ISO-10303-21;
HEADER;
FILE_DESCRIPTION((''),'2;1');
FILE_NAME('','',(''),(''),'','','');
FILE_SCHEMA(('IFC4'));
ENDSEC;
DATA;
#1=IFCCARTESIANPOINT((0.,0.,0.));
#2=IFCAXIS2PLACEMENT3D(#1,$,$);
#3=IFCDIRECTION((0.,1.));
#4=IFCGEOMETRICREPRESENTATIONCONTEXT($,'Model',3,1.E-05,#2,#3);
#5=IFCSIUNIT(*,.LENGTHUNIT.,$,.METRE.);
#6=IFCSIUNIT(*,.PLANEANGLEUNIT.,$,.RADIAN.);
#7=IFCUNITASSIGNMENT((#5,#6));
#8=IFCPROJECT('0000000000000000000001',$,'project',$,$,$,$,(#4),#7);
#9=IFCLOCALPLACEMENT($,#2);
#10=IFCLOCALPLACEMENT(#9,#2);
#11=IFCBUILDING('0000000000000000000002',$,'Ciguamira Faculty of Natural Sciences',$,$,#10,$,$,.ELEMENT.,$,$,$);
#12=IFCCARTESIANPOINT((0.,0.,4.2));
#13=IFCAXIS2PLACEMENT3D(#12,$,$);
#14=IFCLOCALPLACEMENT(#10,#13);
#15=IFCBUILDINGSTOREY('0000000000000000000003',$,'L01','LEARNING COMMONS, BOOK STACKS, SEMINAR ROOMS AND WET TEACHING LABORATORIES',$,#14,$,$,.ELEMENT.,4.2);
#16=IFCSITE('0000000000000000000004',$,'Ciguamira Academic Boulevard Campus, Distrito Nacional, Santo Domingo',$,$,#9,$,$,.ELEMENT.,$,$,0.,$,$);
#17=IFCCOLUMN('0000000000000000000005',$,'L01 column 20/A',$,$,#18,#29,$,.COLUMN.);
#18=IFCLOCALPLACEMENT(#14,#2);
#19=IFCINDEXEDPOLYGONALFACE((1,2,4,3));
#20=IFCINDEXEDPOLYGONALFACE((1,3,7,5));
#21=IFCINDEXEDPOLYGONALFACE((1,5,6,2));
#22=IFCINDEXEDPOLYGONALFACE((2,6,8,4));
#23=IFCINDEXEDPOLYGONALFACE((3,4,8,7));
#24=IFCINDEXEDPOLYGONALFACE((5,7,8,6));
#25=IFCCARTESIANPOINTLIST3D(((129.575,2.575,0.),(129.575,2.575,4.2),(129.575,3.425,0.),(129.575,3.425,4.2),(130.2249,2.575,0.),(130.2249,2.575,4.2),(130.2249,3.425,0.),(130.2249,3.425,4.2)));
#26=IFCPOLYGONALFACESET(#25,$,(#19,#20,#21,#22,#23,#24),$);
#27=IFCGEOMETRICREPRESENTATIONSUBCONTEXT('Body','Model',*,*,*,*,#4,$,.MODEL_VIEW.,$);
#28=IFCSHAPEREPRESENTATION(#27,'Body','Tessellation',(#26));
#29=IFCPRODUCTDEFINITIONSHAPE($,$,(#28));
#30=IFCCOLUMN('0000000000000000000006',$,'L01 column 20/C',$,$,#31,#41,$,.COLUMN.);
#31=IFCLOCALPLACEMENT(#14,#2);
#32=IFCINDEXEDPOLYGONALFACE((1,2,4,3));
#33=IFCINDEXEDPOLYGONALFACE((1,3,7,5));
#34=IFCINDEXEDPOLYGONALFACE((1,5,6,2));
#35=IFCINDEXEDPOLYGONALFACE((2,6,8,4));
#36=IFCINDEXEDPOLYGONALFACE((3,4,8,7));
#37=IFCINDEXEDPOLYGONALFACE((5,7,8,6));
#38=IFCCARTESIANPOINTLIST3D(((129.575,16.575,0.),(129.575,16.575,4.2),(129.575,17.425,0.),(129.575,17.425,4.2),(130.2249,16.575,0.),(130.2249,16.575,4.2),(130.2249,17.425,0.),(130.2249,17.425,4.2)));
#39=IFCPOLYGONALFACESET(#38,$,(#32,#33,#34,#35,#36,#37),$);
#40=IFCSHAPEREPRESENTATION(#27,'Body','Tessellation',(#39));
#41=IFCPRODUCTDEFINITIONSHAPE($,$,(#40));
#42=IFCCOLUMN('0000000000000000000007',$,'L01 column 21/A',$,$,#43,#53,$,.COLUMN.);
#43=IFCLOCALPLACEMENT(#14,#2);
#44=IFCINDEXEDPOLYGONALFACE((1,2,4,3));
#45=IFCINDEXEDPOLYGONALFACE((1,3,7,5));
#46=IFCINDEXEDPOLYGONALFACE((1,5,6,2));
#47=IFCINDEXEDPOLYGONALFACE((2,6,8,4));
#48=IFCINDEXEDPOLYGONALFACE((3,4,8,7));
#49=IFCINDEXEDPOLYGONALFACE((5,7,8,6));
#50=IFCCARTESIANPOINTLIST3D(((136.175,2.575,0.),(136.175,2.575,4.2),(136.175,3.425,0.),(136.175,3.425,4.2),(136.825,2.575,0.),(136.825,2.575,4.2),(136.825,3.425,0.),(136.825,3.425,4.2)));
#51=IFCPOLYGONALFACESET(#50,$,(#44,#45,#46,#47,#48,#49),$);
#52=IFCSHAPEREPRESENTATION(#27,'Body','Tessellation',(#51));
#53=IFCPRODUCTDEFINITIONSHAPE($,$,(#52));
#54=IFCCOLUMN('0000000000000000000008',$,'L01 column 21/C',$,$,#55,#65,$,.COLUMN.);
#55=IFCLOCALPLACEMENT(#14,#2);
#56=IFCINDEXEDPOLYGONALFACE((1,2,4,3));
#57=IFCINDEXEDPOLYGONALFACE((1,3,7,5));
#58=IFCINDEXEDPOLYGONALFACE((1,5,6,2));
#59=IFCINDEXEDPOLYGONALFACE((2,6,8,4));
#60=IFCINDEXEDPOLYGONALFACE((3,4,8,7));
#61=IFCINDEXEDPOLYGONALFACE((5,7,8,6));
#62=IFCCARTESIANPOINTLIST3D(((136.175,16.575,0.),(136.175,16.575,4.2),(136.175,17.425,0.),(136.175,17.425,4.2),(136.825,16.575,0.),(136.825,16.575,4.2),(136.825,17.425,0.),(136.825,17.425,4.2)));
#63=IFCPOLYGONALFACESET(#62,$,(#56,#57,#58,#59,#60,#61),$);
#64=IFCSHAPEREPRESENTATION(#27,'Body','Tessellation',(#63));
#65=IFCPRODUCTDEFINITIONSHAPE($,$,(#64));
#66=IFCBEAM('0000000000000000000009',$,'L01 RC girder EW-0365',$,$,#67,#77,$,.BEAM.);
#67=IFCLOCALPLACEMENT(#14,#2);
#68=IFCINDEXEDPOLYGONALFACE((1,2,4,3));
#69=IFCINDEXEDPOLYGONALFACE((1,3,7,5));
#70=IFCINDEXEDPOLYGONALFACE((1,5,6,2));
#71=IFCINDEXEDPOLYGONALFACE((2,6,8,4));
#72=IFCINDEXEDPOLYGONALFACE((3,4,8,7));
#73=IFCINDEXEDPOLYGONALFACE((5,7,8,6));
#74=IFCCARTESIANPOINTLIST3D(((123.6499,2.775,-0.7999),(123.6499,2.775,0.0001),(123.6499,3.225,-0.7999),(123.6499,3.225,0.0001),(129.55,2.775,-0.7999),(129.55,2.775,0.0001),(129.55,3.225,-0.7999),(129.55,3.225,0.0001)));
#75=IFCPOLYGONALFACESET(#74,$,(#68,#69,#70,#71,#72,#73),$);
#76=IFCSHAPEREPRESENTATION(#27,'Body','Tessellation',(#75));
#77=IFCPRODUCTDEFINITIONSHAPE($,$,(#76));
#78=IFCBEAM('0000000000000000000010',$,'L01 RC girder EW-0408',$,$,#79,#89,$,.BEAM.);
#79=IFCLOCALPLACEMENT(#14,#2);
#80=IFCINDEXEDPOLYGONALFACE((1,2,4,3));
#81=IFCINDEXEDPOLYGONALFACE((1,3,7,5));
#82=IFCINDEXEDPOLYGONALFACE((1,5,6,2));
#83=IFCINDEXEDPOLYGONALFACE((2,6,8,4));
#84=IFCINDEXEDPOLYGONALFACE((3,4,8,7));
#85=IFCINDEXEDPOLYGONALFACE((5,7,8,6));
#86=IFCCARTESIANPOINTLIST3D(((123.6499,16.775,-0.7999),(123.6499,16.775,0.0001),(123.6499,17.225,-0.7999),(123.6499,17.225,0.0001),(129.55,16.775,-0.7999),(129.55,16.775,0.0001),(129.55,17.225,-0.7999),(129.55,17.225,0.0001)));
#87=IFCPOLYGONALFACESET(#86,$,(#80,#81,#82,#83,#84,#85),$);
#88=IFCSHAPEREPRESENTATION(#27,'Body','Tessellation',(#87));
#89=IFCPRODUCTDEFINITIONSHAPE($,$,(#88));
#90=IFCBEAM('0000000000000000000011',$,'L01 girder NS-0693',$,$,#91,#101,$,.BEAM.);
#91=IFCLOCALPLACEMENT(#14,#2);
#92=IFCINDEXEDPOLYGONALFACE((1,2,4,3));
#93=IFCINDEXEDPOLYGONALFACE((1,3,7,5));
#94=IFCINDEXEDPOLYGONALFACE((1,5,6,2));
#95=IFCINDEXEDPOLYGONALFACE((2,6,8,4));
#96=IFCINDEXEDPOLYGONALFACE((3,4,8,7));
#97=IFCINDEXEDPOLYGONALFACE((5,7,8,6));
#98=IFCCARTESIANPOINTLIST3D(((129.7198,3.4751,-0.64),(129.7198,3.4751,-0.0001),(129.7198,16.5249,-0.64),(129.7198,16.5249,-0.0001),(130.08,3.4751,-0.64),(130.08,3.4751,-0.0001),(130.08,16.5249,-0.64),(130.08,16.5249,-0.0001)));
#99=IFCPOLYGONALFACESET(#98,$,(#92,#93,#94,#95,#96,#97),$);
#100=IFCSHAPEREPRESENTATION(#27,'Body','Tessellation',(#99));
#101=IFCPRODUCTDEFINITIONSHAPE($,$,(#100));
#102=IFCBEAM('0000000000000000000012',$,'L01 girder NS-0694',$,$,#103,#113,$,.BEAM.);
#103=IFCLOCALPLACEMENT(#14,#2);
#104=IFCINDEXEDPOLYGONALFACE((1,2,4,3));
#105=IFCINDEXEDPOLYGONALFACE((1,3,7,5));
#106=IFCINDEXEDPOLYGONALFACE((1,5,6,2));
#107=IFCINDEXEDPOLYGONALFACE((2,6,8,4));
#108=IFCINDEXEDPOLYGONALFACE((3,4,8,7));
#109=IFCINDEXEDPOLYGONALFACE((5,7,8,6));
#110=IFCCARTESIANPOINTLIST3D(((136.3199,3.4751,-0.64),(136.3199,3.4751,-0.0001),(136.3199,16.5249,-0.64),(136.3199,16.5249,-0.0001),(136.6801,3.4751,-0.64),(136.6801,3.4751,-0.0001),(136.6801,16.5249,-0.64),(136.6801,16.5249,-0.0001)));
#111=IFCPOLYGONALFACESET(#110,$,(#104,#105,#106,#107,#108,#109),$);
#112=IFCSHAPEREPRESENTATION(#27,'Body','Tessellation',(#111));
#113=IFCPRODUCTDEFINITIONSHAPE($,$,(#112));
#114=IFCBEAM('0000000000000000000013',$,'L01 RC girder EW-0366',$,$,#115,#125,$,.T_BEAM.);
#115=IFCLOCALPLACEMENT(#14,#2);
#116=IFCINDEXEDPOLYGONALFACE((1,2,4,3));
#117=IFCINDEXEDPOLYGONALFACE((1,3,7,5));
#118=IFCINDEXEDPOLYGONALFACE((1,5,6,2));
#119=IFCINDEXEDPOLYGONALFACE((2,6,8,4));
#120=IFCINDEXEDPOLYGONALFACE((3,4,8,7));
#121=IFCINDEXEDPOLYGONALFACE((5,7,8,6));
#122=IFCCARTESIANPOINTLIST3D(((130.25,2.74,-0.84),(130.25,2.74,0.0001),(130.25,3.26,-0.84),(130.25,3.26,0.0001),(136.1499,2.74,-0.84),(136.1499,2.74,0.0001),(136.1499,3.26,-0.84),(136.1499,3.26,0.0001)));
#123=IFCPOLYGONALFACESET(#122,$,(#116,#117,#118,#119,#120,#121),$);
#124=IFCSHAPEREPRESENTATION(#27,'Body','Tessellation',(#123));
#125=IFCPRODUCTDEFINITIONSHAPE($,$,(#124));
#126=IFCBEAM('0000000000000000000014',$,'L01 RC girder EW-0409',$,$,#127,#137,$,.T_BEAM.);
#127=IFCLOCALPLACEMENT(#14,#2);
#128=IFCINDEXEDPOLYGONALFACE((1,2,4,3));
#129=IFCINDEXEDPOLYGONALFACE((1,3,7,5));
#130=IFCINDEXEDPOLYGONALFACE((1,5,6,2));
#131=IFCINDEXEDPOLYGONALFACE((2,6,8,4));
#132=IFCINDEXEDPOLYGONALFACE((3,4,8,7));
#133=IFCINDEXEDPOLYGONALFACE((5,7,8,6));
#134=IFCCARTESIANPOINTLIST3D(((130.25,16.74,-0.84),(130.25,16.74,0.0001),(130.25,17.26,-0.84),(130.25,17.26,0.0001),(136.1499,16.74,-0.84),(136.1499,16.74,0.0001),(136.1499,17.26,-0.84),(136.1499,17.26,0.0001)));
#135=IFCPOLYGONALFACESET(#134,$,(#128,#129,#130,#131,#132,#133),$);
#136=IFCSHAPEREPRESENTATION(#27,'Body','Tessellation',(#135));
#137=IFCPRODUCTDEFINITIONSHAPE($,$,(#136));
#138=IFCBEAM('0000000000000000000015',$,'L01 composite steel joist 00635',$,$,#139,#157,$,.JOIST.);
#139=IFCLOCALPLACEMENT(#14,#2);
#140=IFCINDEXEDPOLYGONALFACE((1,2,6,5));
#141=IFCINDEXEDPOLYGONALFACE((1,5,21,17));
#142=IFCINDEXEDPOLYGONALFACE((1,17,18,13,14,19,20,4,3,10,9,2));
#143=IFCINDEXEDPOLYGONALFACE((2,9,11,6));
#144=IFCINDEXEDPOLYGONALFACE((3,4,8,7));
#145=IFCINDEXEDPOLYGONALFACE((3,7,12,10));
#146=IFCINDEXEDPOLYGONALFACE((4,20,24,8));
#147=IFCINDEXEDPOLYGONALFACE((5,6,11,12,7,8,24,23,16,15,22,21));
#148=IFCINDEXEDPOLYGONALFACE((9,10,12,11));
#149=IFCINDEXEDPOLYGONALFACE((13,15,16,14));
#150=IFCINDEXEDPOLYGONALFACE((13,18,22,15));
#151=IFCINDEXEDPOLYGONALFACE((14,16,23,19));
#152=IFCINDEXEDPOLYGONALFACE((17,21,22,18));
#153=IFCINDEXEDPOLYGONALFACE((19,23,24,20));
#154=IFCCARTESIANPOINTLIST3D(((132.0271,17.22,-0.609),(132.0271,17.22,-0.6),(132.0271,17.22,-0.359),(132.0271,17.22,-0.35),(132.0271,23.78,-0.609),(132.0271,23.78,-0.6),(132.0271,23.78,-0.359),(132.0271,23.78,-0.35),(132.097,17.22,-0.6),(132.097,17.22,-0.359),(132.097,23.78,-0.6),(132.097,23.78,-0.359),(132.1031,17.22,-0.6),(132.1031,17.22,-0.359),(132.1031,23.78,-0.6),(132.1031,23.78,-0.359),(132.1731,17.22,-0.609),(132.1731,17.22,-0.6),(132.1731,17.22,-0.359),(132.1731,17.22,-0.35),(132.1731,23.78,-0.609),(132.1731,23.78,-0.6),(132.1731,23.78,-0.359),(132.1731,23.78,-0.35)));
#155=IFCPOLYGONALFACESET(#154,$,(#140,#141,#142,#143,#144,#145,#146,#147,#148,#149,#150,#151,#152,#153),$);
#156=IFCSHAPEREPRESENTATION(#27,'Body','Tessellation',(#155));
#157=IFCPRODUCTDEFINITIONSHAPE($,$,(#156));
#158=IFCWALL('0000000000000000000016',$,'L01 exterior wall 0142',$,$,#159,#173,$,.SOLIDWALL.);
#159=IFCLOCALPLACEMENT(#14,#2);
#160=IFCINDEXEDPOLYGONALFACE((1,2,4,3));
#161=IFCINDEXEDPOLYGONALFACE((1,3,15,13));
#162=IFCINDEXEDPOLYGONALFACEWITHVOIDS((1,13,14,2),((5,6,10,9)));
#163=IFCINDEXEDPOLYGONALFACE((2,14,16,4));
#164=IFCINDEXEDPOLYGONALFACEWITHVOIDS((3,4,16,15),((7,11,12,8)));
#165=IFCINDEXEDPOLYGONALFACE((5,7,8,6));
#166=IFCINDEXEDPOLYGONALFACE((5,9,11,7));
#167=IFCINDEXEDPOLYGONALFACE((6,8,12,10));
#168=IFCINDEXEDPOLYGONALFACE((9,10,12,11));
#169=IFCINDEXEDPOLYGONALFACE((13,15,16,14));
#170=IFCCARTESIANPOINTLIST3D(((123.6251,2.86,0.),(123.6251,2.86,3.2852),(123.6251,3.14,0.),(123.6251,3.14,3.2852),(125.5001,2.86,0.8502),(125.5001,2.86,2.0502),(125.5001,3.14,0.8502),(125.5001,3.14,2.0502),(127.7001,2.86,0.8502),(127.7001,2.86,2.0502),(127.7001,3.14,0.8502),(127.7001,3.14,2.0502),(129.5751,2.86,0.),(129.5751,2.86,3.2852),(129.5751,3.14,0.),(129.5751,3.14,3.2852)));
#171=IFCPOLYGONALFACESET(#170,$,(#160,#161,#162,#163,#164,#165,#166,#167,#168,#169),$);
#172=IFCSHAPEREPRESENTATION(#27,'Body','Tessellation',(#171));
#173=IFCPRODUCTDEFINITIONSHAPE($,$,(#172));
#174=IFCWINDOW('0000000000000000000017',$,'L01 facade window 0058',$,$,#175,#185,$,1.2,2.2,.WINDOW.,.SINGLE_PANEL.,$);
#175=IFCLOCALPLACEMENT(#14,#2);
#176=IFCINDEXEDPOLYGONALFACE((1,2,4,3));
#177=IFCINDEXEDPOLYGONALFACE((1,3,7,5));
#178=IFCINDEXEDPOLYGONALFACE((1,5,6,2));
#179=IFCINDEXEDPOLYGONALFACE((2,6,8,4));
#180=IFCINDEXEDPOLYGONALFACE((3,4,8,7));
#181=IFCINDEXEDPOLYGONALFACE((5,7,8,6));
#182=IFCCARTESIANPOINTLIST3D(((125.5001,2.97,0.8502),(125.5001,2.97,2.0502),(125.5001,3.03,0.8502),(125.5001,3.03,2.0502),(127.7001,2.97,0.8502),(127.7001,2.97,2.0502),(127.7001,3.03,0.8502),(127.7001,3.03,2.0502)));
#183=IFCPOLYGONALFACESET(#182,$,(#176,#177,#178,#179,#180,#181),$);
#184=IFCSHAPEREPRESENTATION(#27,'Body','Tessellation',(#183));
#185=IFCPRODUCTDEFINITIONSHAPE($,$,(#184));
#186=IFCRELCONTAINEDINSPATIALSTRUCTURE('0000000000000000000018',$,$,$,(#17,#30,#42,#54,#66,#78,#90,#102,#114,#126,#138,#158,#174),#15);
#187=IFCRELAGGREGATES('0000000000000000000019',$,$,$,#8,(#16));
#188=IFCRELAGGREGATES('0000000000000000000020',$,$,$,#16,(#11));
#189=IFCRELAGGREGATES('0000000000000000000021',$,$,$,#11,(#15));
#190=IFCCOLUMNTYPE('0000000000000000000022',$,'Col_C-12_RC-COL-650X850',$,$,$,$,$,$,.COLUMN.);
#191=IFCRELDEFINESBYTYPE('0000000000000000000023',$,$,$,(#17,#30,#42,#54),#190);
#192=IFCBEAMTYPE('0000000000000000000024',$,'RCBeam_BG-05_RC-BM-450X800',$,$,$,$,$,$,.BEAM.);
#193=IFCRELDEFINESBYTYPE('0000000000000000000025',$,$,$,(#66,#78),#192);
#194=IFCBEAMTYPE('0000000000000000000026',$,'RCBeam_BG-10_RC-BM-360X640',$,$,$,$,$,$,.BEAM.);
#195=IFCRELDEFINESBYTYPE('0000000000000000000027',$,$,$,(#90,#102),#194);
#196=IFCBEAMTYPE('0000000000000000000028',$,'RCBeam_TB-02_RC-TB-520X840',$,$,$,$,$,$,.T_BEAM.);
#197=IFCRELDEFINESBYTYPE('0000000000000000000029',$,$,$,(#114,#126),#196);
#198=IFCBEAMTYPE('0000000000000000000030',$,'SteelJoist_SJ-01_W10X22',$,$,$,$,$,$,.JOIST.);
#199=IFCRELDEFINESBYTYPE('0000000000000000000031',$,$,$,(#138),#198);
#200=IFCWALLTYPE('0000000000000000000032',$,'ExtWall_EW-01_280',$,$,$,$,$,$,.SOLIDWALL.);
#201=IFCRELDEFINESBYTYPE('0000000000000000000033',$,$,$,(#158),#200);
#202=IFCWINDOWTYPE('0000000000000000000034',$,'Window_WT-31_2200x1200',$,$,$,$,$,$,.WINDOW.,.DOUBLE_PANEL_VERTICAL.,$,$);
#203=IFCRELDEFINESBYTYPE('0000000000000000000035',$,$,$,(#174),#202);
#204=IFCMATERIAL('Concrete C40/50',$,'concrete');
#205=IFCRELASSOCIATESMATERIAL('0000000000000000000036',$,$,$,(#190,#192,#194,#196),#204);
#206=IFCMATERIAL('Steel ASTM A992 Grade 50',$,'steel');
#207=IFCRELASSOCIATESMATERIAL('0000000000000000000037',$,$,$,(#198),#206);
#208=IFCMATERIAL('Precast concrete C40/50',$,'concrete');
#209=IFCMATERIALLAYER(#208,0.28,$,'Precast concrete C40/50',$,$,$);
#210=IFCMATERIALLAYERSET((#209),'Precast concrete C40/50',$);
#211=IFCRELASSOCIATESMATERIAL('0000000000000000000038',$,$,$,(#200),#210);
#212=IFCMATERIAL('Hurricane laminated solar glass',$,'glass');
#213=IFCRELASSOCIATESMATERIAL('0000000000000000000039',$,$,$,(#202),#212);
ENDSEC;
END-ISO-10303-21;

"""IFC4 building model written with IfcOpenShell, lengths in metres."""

from ifc_helpers import new_model, si_unit, direction, frame, frame_2d, origin, origin_2d, place, context, subcontext, project, spatial, rectangle, i_section, extrude, material, layer, layer_set, material_profile, profile_set, type_object, element, fill, save


model = new_model("IFC4")

# Units and contexts
model_context = context("Model", 3, precision=1e-05, world=origin(), true_north=direction((0.0, 1.0)))
body_context = subcontext(model_context, "Body", "Model", "MODEL_VIEW")
ifc_project = project(units=[si_unit("LENGTHUNIT", "METRE"), si_unit("PLANEANGLEUNIT", "RADIAN")], contexts=[model_context])

# Site, building, storey
site_placement = place(None, origin())
site = spatial("IfcSite", under=ifc_project, at=site_placement, Name="Ciguamira Academic Boulevard Campus, Distrito Nacional, Santo Domingo", CompositionType="ELEMENT", RefElevation=0.0)
building_placement = place(site_placement, origin())
building = spatial("IfcBuilding", under=site, at=building_placement, Name="Ciguamira Faculty of Natural Sciences", CompositionType="ELEMENT")
storey_placement = place(building_placement, frame((0.0, 0.0, 4.2)))
storey = spatial("IfcBuildingStorey", under=building, at=storey_placement, Name="L01", Description="LEARNING COMMONS, BOOK STACKS, SEMINAR ROOMS AND WET TEACHING LABORATORIES", CompositionType="ELEMENT", Elevation=4.2)

# Columns
ifc_material_1 = material(Name="Concrete C40/50", Category="concrete")
ifc_material_profile_1 = material_profile(ifc_material_1, rectangle(XDim=0.6499, YDim=0.8501, at=origin_2d()), Name="RC-COL-650X850")
ifc_profile_set_1 = profile_set([ifc_material_profile_1], Name="Concrete C40/50")
column_type = type_object("IfcColumnType", Name="Col_C-12_RC-COL-650X850", PredefinedType="COLUMN", material=ifc_profile_set_1)
for number, where, z_axis, x_axis, name in (
    (1, (129.8999, 3.0, 0.0), (0.0, 0.0, 1.0), (1.0, 0.0, 0.0), "L01 column 20/A"),
    (2, (129.8999, 17.0, 0.0), (0.0, 0.0, 1.0), (1.0, 0.0, 0.0), "L01 column 20/C"),
    (3, (136.5, 3.0, 0.0), (0.0, 0.0, 1.0), (1.0, 0.0, 0.0), "L01 column 21/A"),
    (4, (136.5, 17.0, 0.0), (0.0, 0.0, 1.0), (1.0, 0.0, 0.0), "L01 column 21/C"),
):
    element("IfcColumn", number, at=place(storey_placement, frame(where, z_axis=z_axis, x_axis=x_axis)), inside=storey, type_object=column_type, Name=name, PredefinedType="COLUMN", context=body_context, shape_type="SweptSolid", body=[
        extrude(rectangle(XDim=0.6499, YDim=0.8501, at=origin_2d()), origin(), (0.0, 0.0, 1.0), 4.2),
    ])

# Beams
ifc_material_profile_2 = material_profile(ifc_material_1, rectangle(XDim=0.45, YDim=0.8, at=origin_2d()), Name="RC-BM-450X800")
ifc_profile_set_2 = profile_set([ifc_material_profile_2], Name="Concrete C40/50")
beam_type_1 = type_object("IfcBeamType", Name="RCBeam_BG-05_RC-BM-450X800", PredefinedType="BEAM", material=ifc_profile_set_2)
for number, where, z_axis, x_axis, name in (
    (5, (123.6499, 3.0, -0.3999), (1.0, 0.0, 0.0), (0.0, 1.0, 0.0), "L01 RC girder EW-0365"),
    (6, (123.6499, 17.0, -0.3999), (1.0, 0.0, 0.0), (0.0, 1.0, 0.0), "L01 RC girder EW-0408"),
):
    element("IfcBeam", number, at=place(storey_placement, frame(where, z_axis=z_axis, x_axis=x_axis)), inside=storey, type_object=beam_type_1, Name=name, PredefinedType="BEAM", context=body_context, shape_type="SweptSolid", body=[
        extrude(rectangle(XDim=0.45, YDim=0.8, at=origin_2d()), origin(), (0.0, 0.0, 1.0), 5.9001),
    ])
ifc_material_profile_3 = material_profile(ifc_material_1, rectangle(XDim=0.3601, YDim=0.6399, at=origin_2d()), Name="RC-BM-360X640")
ifc_profile_set_3 = profile_set([ifc_material_profile_3], Name="Concrete C40/50")
beam_type_2 = type_object("IfcBeamType", Name="RCBeam_BG-10_RC-BM-360X640", PredefinedType="BEAM", material=ifc_profile_set_3)
for number, where, z_axis, x_axis, name in (
    (7, (129.8999, 3.4751, -0.3201), (0.0, 1.0, 0.0), (-1.0, 0.0, 0.0), "L01 girder NS-0693"),
    (8, (136.5, 3.4751, -0.3201), (0.0, 1.0, 0.0), (-1.0, 0.0, 0.0), "L01 girder NS-0694"),
):
    element("IfcBeam", number, at=place(storey_placement, frame(where, z_axis=z_axis, x_axis=x_axis)), inside=storey, type_object=beam_type_2, Name=name, PredefinedType="BEAM", context=body_context, shape_type="SweptSolid", body=[
        extrude(rectangle(XDim=0.3601, YDim=0.6399, at=origin_2d()), origin(), (0.0, 0.0, 1.0), 13.0498),
    ])
ifc_material_profile_4 = material_profile(ifc_material_1, rectangle(XDim=0.52, YDim=0.8401, at=origin_2d()), Name="RC-TB-520X840")
ifc_profile_set_4 = profile_set([ifc_material_profile_4], Name="Concrete C40/50")
beam_type_3 = type_object("IfcBeamType", Name="RCBeam_TB-02_RC-TB-520X840", PredefinedType="T_BEAM", material=ifc_profile_set_4)
for number, where, z_axis, x_axis, name in (
    (9, (130.25, 3.0, -0.4199), (1.0, 0.0, 0.0), (0.0, 1.0, 0.0), "L01 RC girder EW-0366"),
    (10, (130.25, 17.0, -0.4199), (1.0, 0.0, 0.0), (0.0, 1.0, 0.0), "L01 RC girder EW-0409"),
):
    element("IfcBeam", number, at=place(storey_placement, frame(where, z_axis=z_axis, x_axis=x_axis)), inside=storey, type_object=beam_type_3, Name=name, PredefinedType="T_BEAM", context=body_context, shape_type="SweptSolid", body=[
        extrude(rectangle(XDim=0.52, YDim=0.8401, at=origin_2d()), origin(), (0.0, 0.0, 1.0), 5.8999),
    ])
ifc_material_2 = material(Name="Steel ASTM A992 Grade 50", Category="steel")
ifc_material_profile_5 = material_profile(ifc_material_2, i_section(OverallWidth=0.146, OverallDepth=0.259, WebThickness=0.0061, FlangeThickness=0.009, at=origin_2d()), Name="W10X22")
ifc_profile_set_5 = profile_set([ifc_material_profile_5], Name="Steel ASTM A992 Grade 50")
beam_type_4 = type_object("IfcBeamType", Name="SteelJoist_SJ-01_W10X22", PredefinedType="JOIST", material=ifc_profile_set_5)
beam_placement = place(storey_placement, frame((132.1001, 17.22, -0.4795), z_axis=(0.0, 1.0, 0.0), x_axis=(-1.0, 0.0, 0.0)))
element("IfcBeam", 11, at=beam_placement, inside=storey, type_object=beam_type_4, Name="L01 composite steel joist 00635", PredefinedType="JOIST", context=body_context, shape_type="SweptSolid", body=[
    extrude(i_section(OverallWidth=0.146, OverallDepth=0.259, WebThickness=0.0061, FlangeThickness=0.009, at=origin_2d()), origin(), (0.0, 0.0, 1.0), 6.5601),
])

# Wall, opening, window
ifc_material_3 = material(Name="Precast concrete C40/50", Category="concrete")
ifc_layer_1 = layer(ifc_material_3, 0.28, Name="Precast concrete C40/50")
ifc_layer_set_1 = layer_set([ifc_layer_1], Name="Precast concrete C40/50")
wall_type_1 = type_object("IfcWallType", Name="ExtWall_EW-01_280", PredefinedType="SOLIDWALL", material=ifc_layer_set_1)
wall_1_placement = place(storey_placement, frame((123.625, 3.0, 0.0), z_axis=(0.0, 0.0, 1.0), x_axis=(1.0, 0.0, 0.0)))
wall_1 = element("IfcWall", 12, at=wall_1_placement, inside=storey, type_object=wall_type_1, Name="L01 exterior wall 0142", PredefinedType="SOLIDWALL", context=body_context, shape_type="SweptSolid", body=[
    extrude(rectangle(XDim=5.95, YDim=0.28, at=frame_2d((2.9751, 0.0))), origin(), (0.0, 0.0, 1.0), 3.2852),
])
opening_1_placement = place(wall_1_placement, frame((1.875, 0.0, 0.8501)))
opening_1 = element("IfcOpeningElement", 13, at=opening_1_placement, cuts=wall_1, PredefinedType="OPENING", context=body_context, shape_type="SweptSolid", body=[
    extrude(rectangle(XDim=2.2, YDim=1.2, at=frame_2d((1.1001, 0.6001))), frame((0.0, 0.1499, 0.0), z_axis=(0.0, -1.0, 0.0), x_axis=(1.0, 0.0, 0.0)), (0.0, 0.0, 1.0), 0.3),
])
ifc_material_4 = material(Name="Hurricane laminated solar glass", Category="glass")
window_type_1 = type_object("IfcWindowType", Name="Window_WT-31_2200x1200", PartitioningType="DOUBLE_PANEL_VERTICAL", PredefinedType="WINDOW", material=ifc_material_4)
window_1_placement = place(opening_1_placement, origin())
window_1 = element("IfcWindow", 14, at=window_1_placement, inside=storey, type_object=window_type_1, Name="L01 facade window 0058", OverallHeight=1.2, OverallWidth=2.2, PartitioningType="SINGLE_PANEL", PredefinedType="WINDOW", context=body_context, shape_type="SweptSolid", body=[
    extrude(rectangle(XDim=2.2, YDim=1.2, at=frame_2d((1.1001, 0.6001))), frame((0.0, 0.03, 0.0), z_axis=(0.0, -1.0, 0.0), x_axis=(1.0, 0.0, 0.0)), (0.0, 0.0, 1.0), 0.0601),
])
fill(opening_1, window_1)

save(model, "model.ifc")
